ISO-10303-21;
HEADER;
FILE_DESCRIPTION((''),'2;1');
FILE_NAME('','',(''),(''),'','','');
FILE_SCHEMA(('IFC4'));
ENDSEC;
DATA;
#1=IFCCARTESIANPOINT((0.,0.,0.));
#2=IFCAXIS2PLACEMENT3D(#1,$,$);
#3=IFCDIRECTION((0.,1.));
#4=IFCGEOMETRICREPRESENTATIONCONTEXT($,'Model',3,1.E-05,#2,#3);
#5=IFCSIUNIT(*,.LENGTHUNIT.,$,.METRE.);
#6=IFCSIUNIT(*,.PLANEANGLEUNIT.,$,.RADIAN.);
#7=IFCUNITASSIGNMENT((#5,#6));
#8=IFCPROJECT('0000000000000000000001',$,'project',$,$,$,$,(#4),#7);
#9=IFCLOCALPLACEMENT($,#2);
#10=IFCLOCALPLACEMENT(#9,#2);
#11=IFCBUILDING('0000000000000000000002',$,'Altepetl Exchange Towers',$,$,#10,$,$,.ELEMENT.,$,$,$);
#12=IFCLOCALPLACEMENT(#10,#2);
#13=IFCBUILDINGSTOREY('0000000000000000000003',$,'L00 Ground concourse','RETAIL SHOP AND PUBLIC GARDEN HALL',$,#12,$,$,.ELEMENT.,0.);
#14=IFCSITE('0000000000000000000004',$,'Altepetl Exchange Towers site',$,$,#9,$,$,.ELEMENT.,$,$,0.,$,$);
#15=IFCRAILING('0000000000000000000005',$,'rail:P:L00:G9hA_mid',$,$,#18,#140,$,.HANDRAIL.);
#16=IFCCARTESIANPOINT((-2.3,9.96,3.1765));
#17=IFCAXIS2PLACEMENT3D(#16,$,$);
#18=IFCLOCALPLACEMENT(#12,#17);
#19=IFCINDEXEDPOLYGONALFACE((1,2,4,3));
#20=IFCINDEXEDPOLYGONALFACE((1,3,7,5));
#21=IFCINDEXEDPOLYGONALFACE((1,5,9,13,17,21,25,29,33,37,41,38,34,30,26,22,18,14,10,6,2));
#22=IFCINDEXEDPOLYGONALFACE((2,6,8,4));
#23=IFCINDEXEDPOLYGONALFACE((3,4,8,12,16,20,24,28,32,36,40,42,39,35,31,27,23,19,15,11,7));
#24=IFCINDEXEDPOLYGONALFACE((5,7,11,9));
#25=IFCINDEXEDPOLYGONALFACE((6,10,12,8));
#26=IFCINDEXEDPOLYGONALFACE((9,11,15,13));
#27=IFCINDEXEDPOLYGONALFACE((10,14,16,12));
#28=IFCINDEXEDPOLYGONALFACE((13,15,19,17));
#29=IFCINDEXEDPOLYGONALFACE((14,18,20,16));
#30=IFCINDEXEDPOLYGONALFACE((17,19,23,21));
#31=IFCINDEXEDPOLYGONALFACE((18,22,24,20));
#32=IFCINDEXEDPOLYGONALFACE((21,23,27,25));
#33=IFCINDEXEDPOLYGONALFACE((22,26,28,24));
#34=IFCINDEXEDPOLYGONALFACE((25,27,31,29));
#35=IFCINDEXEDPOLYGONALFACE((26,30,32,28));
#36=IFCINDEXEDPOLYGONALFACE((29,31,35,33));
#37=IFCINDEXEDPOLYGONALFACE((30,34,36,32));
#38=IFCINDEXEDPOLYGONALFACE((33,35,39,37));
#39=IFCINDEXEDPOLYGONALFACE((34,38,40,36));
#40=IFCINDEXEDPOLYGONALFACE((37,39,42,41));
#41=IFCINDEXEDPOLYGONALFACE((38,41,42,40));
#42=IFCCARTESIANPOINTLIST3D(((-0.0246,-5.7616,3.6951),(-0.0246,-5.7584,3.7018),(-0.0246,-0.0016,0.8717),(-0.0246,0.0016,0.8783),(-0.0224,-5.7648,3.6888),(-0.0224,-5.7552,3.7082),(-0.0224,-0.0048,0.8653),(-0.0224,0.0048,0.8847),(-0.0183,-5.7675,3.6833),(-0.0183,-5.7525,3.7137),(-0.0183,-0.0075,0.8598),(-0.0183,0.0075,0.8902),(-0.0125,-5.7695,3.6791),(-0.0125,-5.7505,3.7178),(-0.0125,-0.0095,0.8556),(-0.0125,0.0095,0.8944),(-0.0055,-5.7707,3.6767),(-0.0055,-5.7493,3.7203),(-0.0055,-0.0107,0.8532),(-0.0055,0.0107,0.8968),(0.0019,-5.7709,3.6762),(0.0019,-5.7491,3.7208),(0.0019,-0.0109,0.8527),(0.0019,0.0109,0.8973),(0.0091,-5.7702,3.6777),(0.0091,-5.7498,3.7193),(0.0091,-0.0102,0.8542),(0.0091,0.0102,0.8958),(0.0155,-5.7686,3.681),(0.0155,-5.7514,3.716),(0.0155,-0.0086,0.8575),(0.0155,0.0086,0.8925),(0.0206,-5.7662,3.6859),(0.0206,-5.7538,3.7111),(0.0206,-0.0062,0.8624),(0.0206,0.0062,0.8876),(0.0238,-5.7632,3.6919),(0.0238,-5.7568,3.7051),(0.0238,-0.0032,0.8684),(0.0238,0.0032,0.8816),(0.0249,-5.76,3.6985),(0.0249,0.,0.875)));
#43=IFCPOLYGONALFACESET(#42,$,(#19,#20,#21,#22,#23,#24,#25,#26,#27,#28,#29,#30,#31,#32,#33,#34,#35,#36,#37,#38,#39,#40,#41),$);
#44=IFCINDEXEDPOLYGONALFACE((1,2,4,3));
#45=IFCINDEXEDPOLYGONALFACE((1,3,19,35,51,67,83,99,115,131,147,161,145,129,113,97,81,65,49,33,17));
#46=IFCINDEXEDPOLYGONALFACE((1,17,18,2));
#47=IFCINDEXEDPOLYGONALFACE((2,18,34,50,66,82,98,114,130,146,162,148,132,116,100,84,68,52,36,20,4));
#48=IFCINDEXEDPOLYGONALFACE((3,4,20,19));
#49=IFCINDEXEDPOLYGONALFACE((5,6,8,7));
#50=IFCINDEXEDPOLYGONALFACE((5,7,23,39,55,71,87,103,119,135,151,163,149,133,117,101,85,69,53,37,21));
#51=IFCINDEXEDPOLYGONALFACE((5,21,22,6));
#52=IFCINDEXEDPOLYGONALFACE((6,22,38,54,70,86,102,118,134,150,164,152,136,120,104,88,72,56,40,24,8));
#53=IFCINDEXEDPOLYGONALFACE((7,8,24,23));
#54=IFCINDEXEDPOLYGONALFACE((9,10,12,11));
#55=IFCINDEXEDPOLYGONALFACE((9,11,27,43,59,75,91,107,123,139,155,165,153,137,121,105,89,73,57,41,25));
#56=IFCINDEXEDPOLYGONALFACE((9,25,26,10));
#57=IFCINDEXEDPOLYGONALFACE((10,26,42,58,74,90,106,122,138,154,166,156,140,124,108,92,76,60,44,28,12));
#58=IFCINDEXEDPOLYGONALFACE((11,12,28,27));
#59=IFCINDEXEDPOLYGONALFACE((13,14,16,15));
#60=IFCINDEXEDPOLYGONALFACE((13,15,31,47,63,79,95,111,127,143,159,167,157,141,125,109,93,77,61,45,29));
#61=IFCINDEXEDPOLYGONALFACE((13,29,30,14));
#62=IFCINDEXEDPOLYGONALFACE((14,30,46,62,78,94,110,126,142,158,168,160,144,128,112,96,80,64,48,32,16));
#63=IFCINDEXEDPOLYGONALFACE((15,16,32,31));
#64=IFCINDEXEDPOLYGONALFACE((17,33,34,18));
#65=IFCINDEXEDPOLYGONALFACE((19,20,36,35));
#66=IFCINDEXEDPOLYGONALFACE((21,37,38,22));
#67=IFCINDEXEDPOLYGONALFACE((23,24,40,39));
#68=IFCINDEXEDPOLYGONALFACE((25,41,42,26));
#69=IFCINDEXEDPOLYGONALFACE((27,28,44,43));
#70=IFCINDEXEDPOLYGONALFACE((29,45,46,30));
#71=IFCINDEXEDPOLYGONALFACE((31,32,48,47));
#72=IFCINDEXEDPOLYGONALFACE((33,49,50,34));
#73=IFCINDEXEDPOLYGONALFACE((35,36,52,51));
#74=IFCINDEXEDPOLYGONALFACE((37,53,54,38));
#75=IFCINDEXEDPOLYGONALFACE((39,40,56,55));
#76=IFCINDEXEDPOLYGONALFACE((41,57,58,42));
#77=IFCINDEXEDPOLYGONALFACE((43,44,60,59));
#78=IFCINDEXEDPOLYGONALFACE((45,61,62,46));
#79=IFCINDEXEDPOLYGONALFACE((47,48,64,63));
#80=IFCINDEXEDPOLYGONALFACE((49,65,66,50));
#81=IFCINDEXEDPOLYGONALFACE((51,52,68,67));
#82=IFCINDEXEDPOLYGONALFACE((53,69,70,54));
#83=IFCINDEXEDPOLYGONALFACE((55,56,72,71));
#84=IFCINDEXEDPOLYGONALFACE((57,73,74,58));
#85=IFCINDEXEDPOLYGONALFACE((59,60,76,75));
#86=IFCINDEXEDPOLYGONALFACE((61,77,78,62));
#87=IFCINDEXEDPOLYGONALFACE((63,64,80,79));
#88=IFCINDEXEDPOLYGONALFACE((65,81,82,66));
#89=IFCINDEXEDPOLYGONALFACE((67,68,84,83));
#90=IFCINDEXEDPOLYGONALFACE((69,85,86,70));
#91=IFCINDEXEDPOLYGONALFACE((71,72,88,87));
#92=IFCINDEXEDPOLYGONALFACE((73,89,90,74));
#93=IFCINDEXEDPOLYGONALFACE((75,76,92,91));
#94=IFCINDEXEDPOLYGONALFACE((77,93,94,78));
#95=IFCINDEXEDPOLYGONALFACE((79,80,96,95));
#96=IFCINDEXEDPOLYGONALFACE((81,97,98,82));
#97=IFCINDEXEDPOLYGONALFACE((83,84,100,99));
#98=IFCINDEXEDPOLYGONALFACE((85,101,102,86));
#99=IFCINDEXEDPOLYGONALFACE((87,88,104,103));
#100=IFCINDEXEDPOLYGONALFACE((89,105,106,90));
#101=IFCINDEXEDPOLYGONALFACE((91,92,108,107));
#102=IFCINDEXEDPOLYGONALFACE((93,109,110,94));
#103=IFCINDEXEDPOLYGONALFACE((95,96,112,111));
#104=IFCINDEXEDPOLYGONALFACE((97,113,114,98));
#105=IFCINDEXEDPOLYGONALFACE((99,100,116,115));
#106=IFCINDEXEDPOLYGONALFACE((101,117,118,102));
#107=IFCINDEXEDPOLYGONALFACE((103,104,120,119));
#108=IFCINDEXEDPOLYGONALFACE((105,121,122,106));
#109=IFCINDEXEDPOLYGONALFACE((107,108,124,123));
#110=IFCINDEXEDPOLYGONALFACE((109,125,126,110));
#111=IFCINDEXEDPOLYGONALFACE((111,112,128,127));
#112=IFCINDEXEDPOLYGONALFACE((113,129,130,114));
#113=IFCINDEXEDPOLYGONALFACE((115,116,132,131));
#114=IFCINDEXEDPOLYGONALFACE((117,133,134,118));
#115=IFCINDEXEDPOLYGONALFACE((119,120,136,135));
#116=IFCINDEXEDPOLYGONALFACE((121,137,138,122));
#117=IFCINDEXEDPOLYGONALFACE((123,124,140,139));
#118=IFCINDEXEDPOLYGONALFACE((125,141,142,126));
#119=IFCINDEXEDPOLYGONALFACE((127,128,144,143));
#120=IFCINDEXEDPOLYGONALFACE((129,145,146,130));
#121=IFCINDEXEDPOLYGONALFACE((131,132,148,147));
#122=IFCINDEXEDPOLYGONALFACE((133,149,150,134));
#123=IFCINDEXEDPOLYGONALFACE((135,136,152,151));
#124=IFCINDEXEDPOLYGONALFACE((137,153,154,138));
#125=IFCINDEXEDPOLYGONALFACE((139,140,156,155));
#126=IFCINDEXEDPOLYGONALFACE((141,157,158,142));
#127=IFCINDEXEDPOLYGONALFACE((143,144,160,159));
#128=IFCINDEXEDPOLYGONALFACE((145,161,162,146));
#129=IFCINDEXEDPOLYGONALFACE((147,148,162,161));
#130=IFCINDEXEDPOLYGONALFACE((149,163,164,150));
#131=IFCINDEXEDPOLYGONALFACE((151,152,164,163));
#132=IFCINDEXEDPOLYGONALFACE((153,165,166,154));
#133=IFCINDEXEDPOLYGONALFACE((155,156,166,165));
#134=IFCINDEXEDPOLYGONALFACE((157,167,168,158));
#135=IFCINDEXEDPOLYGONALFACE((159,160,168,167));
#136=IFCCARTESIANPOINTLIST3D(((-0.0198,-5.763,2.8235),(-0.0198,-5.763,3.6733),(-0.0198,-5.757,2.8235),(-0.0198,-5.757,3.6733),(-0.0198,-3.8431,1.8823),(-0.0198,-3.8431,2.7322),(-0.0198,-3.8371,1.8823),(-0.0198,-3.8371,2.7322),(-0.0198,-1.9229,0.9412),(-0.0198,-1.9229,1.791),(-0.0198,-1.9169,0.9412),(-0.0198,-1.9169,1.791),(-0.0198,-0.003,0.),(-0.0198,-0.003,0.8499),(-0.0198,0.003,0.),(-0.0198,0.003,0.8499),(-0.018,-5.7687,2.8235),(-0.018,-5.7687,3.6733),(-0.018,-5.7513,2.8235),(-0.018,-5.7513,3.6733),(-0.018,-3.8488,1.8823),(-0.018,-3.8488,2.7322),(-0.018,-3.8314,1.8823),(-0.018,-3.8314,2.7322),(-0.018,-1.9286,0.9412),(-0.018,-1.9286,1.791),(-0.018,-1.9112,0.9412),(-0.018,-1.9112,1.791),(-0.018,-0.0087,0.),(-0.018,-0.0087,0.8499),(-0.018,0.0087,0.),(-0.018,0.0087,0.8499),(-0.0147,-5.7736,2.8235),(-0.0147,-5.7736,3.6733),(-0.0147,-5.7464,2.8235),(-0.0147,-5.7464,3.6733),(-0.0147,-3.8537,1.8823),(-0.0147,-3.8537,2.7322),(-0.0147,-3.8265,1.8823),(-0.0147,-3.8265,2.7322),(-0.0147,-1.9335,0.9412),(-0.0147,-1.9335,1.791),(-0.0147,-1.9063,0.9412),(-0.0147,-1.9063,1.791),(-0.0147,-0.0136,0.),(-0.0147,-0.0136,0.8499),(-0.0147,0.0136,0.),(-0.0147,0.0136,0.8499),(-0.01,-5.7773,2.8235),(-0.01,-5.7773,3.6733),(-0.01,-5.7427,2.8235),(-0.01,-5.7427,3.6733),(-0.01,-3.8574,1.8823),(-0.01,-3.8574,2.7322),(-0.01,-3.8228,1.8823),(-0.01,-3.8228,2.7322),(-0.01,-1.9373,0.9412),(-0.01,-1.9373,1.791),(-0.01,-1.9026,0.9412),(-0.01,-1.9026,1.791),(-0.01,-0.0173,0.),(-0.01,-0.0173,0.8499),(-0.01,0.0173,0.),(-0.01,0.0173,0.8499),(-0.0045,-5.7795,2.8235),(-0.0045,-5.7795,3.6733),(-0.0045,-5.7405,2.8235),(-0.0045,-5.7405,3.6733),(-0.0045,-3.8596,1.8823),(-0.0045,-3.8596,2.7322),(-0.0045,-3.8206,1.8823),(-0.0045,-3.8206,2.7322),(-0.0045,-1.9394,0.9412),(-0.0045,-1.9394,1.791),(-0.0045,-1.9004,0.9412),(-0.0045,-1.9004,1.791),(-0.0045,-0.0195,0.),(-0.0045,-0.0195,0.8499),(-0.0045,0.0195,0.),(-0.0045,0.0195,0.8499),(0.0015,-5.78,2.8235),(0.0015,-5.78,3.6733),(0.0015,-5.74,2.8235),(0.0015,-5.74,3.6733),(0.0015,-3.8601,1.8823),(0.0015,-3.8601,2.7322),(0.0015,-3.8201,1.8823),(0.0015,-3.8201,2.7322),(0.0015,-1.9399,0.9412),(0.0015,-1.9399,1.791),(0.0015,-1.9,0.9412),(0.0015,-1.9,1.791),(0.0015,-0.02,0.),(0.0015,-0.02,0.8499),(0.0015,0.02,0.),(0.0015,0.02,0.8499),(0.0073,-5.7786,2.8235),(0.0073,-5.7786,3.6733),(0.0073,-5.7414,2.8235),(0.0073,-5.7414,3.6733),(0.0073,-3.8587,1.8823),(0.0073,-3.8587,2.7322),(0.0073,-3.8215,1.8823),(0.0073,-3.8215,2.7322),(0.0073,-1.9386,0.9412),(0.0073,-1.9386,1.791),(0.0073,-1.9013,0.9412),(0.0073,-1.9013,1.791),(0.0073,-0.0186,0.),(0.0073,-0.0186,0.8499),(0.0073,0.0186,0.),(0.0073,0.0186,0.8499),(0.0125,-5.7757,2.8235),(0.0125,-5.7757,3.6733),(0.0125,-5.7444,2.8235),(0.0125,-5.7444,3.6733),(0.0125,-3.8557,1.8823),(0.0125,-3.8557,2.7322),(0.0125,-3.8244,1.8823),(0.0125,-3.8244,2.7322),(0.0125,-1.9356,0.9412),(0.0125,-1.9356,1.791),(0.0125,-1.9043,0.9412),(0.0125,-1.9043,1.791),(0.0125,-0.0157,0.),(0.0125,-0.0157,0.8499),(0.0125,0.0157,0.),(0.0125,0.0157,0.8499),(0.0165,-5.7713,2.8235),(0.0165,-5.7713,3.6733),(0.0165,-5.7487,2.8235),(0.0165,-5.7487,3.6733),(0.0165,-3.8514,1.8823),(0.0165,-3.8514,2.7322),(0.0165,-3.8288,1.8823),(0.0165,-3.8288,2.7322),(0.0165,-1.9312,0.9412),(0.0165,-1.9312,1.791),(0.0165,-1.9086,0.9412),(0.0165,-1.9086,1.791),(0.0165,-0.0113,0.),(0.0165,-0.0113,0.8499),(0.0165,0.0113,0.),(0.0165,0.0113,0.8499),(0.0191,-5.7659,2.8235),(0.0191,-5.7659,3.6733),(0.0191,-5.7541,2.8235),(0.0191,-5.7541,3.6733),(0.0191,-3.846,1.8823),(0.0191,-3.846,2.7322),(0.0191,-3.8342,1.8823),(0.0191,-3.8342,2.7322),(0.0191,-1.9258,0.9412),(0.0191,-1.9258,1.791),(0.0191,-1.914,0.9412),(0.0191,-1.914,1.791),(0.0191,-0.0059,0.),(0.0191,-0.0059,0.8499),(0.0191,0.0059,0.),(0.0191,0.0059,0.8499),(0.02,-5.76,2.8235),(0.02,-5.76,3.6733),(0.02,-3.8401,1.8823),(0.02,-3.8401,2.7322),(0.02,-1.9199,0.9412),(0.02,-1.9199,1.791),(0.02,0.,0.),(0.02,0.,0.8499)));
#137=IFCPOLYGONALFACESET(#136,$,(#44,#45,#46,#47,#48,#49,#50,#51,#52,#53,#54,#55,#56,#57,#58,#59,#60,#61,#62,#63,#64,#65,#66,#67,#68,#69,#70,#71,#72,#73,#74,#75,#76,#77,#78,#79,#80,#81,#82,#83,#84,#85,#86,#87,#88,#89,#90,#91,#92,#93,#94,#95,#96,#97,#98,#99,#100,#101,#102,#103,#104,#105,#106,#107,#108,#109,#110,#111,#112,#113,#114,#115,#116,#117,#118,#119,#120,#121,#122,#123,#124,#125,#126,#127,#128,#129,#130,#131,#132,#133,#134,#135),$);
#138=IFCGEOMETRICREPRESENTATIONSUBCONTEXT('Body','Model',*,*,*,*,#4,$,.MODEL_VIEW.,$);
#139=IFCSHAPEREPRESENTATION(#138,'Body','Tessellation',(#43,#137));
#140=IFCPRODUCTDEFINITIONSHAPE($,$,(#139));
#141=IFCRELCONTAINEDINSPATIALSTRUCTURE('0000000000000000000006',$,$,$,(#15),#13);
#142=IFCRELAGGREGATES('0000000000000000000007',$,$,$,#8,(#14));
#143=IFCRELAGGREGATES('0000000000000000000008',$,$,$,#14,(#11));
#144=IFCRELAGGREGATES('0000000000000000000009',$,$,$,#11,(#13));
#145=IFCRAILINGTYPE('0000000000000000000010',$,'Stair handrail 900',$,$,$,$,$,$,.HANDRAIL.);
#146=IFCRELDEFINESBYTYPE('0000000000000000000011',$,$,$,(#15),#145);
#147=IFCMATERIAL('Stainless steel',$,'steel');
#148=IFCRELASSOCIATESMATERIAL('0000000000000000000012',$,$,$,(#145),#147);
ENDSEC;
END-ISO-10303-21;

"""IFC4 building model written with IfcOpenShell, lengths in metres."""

from ifc_helpers import new_model, si_unit, direction, frame, origin, origin_2d, place, context, subcontext, project, spatial, circle, extrude, source, transform, mapped, material, type_object, element, save


model = new_model("IFC4")

# Units and contexts
model_context = context("Model", 3, precision=1e-05, world=origin(), true_north=direction((0.0, 1.0)))
body_context = subcontext(model_context, "Body", "Model", "MODEL_VIEW")
ifc_project = project(units=[si_unit("LENGTHUNIT", "METRE"), si_unit("PLANEANGLEUNIT", "RADIAN")], contexts=[model_context])

# Site, building, storey
site_placement = place(None, origin())
site = spatial("IfcSite", under=ifc_project, at=site_placement, Name="Altepetl Exchange Towers site", CompositionType="ELEMENT", RefElevation=0.0)
building_placement = place(site_placement, origin())
building = spatial("IfcBuilding", under=site, at=building_placement, Name="Altepetl Exchange Towers", CompositionType="ELEMENT")
storey_placement = place(building_placement, origin())
storey = spatial("IfcBuildingStorey", under=building, at=storey_placement, Name="L00 Ground concourse", Description="RETAIL SHOP AND PUBLIC GARDEN HALL", CompositionType="ELEMENT", Elevation=0.0)

# Railing
ifc_material_1 = material(Name="Stainless steel", Category="steel")
railing_type_1 = type_object("IfcRailingType", Name="Stair handrail 900", PredefinedType="HANDRAIL", material=ifc_material_1)
shared_shape_1 = source(origin(), body_context, "Body", "SweptSolid", [
    extrude(circle(Radius=0.02, at=origin_2d()), origin(), (0.0, 0.0, 1.0), 0.8499),
])
for number, where, name in (
    (1, (-2.3, 9.96, 3.1765), "rail:P:L00:G9hA_mid"),
):
    element("IfcRailing", number, at=place(storey_placement, frame(where)), inside=storey, type_object=railing_type_1, Name=name, PredefinedType="HANDRAIL", context=body_context, shape_type="SweptSolid", body=[
        extrude(circle(Radius=0.0249, at=origin_2d()), frame((0.0, 0.0, 0.875), z_axis=(0.0, -0.897924, 0.440151), x_axis=(1.0, 0.0, 0.0)), (0.0, 0.0, 1.0), 6.4148),
        mapped(shared_shape_1, transform((0.0, 0.0, 0.0))),
        mapped(shared_shape_1, transform((0.0, -1.9199, 0.9412))),
        mapped(shared_shape_1, transform((0.0, -3.8401, 1.8823))),
        mapped(shared_shape_1, transform((0.0, -5.76, 2.8235))),
    ])

save(model, "model.ifc")
